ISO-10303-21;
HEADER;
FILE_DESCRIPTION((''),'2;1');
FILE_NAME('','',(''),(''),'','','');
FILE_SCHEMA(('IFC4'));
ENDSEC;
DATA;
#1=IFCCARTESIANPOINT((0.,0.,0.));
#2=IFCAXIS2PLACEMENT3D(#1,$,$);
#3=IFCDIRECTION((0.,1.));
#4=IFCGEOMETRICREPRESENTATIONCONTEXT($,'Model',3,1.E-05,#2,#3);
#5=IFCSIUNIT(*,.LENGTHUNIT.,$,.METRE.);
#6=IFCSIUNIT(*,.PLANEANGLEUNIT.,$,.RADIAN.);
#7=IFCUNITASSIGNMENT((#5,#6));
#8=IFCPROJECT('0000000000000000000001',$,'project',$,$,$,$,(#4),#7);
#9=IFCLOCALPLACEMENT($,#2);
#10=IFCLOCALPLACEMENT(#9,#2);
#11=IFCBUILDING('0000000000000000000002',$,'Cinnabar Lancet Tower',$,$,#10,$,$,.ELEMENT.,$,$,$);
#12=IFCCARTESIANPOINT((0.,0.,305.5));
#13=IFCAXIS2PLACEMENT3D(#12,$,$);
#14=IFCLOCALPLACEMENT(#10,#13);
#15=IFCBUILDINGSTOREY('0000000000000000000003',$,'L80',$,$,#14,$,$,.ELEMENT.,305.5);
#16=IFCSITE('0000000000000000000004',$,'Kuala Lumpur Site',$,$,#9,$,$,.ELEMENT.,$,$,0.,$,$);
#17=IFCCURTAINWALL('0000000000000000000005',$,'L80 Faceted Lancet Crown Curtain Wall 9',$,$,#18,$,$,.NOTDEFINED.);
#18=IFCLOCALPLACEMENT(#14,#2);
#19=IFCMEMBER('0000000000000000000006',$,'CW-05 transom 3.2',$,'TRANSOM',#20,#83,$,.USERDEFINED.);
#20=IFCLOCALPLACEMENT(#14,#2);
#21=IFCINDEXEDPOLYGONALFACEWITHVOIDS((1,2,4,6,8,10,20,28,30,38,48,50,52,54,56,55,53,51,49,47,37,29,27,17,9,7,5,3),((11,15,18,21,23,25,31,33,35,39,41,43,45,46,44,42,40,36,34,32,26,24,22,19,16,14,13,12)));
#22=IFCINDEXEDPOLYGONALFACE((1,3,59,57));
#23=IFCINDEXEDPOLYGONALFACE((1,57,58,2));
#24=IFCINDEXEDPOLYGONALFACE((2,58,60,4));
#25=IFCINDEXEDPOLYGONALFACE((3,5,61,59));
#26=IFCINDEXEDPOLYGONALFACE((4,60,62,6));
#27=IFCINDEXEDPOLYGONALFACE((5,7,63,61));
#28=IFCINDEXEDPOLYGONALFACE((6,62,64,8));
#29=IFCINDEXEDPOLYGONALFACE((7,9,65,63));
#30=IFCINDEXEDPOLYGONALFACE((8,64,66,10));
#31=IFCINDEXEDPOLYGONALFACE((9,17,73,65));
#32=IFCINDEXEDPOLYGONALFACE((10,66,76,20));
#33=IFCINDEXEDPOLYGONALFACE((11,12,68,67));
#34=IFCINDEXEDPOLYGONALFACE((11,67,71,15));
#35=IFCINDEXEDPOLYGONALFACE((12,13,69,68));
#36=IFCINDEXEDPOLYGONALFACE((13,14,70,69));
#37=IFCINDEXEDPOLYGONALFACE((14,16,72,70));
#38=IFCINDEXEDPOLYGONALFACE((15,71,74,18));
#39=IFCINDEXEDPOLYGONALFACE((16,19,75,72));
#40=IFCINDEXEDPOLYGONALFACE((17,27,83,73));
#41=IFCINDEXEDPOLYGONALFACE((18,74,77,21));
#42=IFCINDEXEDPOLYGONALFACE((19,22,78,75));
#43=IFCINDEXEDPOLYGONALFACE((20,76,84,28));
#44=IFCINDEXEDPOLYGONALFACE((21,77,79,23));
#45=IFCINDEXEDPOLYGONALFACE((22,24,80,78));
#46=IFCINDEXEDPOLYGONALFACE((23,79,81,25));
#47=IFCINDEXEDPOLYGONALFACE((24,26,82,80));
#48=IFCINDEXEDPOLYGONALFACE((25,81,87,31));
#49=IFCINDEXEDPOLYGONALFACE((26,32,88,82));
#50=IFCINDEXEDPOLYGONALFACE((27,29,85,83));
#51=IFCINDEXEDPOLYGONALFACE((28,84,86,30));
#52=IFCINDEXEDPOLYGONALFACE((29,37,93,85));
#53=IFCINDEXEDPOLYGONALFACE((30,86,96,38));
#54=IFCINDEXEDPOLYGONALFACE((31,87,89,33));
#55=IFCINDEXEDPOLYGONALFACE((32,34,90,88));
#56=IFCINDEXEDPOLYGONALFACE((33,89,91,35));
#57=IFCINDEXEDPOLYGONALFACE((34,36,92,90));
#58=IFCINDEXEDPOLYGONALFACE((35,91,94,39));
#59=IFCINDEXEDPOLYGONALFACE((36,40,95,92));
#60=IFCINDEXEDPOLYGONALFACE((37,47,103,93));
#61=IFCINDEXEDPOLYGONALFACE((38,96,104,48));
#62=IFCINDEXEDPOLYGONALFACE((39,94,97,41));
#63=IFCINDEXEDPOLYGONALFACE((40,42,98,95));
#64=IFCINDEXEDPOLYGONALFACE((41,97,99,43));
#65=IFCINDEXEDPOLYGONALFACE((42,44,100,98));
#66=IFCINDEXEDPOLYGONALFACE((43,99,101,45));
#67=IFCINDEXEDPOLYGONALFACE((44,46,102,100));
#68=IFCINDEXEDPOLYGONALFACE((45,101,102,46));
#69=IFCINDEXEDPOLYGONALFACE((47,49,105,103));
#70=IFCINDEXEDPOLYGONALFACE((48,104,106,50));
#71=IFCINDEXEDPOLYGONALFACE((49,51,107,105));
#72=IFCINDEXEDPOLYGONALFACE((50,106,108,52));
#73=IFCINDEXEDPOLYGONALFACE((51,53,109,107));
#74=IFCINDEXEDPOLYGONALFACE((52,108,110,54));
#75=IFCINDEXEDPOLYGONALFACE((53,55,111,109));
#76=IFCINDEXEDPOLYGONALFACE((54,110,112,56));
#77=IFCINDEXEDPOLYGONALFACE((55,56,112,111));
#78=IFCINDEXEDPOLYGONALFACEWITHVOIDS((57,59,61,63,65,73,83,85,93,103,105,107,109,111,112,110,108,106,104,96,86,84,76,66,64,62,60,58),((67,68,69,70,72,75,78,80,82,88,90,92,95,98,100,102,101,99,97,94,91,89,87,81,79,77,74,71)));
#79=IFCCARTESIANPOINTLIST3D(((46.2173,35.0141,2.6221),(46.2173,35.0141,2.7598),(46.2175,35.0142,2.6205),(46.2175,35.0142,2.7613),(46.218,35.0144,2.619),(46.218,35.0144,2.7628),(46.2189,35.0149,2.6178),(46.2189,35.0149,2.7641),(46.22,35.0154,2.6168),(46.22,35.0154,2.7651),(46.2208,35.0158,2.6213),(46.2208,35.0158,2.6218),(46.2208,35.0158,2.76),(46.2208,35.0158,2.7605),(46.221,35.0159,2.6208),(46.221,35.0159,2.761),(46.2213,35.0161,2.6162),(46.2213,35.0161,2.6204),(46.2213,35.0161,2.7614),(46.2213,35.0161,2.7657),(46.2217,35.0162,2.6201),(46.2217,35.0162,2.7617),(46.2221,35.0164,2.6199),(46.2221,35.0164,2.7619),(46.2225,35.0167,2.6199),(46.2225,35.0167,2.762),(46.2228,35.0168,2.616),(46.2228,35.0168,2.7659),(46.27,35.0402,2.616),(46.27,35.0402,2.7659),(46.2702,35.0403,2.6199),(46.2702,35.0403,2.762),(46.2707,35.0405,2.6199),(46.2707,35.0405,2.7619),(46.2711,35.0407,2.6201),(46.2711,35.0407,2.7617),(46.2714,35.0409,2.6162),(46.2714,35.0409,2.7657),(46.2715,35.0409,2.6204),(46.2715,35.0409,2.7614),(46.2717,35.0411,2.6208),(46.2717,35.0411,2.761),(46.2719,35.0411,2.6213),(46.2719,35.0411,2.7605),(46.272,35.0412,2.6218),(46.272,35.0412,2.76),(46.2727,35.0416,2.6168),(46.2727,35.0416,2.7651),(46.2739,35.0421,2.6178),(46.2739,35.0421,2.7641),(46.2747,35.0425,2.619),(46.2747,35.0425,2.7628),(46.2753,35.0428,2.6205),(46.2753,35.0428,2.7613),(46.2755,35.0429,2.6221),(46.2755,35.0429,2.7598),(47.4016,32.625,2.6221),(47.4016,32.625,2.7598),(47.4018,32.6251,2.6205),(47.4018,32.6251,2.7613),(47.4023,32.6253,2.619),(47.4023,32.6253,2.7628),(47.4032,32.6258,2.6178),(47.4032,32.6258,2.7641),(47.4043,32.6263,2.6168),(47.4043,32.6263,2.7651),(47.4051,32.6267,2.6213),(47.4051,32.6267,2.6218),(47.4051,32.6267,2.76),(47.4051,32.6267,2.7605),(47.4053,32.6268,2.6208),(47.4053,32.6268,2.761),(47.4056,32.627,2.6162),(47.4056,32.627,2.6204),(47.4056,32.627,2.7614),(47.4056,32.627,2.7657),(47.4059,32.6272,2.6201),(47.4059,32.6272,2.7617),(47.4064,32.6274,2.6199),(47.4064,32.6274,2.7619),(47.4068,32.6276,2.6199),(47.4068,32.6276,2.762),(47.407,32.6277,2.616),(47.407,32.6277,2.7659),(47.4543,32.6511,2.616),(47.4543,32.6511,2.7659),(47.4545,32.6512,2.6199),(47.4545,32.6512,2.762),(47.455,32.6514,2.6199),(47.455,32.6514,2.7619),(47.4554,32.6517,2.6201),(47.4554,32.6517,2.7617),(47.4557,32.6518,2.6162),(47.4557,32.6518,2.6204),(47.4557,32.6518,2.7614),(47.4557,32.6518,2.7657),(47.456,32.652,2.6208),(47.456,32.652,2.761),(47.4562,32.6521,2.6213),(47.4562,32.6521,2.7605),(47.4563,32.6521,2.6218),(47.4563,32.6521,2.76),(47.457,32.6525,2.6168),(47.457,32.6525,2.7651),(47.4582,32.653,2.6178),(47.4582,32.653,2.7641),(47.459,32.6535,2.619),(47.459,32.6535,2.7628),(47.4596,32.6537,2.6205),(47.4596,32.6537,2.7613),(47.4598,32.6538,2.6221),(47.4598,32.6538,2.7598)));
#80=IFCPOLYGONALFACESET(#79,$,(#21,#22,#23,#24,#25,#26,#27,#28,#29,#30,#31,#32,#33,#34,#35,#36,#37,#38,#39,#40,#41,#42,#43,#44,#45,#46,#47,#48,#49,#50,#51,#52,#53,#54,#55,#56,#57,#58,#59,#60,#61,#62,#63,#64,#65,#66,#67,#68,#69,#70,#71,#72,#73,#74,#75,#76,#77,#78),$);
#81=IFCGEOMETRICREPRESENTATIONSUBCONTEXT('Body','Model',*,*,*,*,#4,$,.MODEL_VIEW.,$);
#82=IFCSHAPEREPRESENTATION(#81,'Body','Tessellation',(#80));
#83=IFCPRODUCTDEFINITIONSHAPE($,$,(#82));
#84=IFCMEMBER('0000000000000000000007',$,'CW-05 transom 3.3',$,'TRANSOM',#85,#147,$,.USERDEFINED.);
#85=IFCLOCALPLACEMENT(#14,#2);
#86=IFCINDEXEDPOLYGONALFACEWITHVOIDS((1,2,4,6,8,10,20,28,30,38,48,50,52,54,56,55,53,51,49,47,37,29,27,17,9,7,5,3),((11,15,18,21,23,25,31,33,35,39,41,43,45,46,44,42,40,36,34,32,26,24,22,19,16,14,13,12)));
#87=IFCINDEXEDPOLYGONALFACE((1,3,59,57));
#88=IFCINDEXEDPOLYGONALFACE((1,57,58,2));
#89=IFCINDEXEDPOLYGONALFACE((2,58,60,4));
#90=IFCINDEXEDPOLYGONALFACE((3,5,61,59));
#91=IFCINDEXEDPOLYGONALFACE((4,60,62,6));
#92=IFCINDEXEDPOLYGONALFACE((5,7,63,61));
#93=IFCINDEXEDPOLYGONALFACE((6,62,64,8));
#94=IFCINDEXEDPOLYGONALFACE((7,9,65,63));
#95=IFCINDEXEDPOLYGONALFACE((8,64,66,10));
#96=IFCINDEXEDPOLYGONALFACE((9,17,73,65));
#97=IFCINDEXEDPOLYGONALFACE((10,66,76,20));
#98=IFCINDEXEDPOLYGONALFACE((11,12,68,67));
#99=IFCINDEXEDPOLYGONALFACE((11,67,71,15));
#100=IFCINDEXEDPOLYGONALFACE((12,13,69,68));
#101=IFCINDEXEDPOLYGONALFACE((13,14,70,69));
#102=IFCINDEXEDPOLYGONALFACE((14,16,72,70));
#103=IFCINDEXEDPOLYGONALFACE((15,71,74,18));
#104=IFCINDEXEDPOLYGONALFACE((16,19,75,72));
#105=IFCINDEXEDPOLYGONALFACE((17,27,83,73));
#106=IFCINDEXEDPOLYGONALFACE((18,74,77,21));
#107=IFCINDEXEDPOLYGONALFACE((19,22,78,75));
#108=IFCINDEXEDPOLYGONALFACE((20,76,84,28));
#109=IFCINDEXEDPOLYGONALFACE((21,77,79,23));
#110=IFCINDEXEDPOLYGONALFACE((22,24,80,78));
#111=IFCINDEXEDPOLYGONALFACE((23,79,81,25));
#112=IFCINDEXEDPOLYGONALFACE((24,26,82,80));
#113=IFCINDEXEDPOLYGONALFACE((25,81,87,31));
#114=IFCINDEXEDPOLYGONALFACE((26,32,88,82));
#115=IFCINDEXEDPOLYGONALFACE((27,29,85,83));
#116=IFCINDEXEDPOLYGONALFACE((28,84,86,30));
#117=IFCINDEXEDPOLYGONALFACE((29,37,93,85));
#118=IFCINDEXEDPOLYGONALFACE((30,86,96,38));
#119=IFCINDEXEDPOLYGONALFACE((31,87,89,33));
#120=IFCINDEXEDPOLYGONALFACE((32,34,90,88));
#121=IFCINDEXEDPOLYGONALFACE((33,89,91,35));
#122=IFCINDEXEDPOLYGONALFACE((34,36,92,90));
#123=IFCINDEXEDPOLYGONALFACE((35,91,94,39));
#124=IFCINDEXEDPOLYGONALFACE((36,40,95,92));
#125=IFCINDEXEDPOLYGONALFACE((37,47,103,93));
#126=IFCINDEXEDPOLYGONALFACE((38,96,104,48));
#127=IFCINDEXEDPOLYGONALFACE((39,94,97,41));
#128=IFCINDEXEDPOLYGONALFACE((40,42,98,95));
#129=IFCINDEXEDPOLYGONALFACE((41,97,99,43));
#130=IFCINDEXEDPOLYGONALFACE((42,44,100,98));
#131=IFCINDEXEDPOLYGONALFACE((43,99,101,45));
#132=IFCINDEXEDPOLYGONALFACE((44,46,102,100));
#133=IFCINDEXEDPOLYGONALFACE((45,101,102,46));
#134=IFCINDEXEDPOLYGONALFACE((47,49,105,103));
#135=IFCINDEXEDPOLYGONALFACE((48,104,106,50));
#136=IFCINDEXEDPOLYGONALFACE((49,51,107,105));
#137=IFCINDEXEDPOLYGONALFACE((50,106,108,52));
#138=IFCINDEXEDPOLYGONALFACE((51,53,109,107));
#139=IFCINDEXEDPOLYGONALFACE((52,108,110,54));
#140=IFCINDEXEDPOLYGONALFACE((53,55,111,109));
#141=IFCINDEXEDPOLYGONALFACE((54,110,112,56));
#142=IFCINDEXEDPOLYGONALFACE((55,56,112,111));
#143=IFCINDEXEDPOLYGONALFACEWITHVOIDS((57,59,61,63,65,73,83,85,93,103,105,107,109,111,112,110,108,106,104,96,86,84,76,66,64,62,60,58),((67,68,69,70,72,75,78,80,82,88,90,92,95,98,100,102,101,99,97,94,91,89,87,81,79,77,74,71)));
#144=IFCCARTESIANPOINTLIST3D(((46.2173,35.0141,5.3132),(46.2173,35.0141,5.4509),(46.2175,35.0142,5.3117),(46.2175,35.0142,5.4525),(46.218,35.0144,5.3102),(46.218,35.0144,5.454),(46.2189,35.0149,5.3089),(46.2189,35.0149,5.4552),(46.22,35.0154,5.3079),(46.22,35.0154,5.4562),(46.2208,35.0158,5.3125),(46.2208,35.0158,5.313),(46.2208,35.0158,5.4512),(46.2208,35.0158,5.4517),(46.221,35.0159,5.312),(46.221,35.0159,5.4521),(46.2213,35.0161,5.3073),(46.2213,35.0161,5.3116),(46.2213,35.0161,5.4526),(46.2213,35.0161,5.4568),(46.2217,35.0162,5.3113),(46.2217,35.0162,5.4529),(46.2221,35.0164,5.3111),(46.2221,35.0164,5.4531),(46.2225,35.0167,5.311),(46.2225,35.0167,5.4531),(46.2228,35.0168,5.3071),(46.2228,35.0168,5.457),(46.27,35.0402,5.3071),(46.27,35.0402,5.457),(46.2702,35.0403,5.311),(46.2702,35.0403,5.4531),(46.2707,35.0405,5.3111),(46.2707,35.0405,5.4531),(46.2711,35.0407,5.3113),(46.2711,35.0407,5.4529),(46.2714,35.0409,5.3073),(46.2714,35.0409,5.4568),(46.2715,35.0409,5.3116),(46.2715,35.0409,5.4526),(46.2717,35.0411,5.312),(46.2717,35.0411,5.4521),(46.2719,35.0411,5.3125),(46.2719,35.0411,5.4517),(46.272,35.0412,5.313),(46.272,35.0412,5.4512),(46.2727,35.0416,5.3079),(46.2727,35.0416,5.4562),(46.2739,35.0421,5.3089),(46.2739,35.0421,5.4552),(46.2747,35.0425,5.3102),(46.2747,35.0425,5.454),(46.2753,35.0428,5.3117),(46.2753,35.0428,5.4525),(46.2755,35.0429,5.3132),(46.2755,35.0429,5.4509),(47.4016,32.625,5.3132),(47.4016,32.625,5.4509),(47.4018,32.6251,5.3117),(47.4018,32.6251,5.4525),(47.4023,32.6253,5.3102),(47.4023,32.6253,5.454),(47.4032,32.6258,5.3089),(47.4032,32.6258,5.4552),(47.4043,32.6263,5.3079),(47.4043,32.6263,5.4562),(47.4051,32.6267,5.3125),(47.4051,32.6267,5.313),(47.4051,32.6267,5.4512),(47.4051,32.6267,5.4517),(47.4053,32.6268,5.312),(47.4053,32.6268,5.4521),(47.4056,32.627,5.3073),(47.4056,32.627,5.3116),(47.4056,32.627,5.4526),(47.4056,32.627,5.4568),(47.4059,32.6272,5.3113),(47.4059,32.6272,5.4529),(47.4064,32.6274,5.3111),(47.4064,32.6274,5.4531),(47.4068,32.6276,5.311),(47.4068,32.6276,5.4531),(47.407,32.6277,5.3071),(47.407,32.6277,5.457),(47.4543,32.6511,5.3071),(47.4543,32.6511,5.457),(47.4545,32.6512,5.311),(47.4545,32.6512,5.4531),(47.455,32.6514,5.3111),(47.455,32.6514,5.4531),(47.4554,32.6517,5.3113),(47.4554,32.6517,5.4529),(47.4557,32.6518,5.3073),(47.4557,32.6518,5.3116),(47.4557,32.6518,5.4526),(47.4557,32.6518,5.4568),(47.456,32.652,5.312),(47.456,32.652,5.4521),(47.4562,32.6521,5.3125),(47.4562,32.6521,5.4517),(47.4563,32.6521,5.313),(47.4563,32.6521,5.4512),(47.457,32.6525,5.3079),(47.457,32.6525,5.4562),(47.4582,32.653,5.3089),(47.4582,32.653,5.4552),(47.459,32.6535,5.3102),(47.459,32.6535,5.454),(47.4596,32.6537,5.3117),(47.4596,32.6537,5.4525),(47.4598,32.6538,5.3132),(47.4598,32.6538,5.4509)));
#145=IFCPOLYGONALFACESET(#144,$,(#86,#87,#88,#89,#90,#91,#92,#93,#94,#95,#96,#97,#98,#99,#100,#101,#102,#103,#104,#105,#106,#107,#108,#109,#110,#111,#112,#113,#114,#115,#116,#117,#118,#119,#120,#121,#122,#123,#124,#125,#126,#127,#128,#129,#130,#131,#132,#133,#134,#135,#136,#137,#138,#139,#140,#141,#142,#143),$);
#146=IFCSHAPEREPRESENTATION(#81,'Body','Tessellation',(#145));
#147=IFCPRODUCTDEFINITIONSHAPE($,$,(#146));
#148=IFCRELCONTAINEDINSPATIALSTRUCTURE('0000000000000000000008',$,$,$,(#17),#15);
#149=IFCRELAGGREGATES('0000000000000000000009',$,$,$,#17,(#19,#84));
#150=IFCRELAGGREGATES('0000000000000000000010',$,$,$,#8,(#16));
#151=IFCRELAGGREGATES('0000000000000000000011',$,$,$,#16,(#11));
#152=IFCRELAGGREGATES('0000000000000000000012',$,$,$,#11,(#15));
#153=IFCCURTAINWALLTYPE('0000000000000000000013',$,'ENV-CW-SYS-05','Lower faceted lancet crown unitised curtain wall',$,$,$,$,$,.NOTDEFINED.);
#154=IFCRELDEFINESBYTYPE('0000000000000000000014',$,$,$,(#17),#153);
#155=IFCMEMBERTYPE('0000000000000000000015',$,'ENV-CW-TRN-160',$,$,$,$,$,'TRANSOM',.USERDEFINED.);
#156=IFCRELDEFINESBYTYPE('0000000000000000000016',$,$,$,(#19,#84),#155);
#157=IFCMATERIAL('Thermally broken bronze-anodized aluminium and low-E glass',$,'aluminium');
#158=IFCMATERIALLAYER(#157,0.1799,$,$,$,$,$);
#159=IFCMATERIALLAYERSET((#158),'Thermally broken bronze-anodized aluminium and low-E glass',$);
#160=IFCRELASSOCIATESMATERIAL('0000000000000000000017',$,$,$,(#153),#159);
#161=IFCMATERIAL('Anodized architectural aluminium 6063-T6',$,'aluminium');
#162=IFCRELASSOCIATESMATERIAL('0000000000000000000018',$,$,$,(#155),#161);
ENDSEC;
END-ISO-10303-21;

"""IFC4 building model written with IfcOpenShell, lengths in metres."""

from ifc_helpers import new_model, si_unit, direction, frame, origin, origin_2d, place, context, subcontext, project, spatial, hollow_rectangle, extrude, material, layer, layer_set, material_profile, profile_set, type_object, element, aggregate, save


model = new_model("IFC4")

# Units and contexts
model_context = context("Model", 3, precision=1e-05, world=origin(), true_north=direction((0.0, 1.0)))
body_context = subcontext(model_context, "Body", "Model", "MODEL_VIEW")
ifc_project = project(units=[si_unit("LENGTHUNIT", "METRE"), si_unit("PLANEANGLEUNIT", "RADIAN")], contexts=[model_context])

# Site, building, storey
site_placement = place(None, origin())
site = spatial("IfcSite", under=ifc_project, at=site_placement, Name="Kuala Lumpur Site", CompositionType="ELEMENT", RefElevation=0.0)
building_placement = place(site_placement, origin())
building = spatial("IfcBuilding", under=site, at=building_placement, Name="Cinnabar Lancet Tower", CompositionType="ELEMENT")
storey_placement = place(building_placement, frame((0.0, 0.0, 305.5)))
storey = spatial("IfcBuildingStorey", under=building, at=storey_placement, Name="L80", CompositionType="ELEMENT", Elevation=305.5)

# Curtain wall
ifc_material_1 = material(Name="Thermally broken bronze-anodized aluminium and low-E glass", Category="aluminium")
ifc_layer_1 = layer(ifc_material_1, 0.1799)
ifc_layer_set_1 = layer_set([ifc_layer_1], Name="Thermally broken bronze-anodized aluminium and low-E glass")
curtain_wall_type = type_object("IfcCurtainWallType", Name="ENV-CW-SYS-05", Description="Lower faceted lancet crown unitised curtain wall", PredefinedType="NOTDEFINED", material=ifc_layer_set_1)
curtain_wall_1_placement = place(storey_placement, origin())
curtain_wall_1 = element("IfcCurtainWall", 1, at=curtain_wall_1_placement, inside=storey, type_object=curtain_wall_type, Name="L80 Faceted Lancet Crown Curtain Wall 9", PredefinedType="NOTDEFINED")

# Members
ifc_material_2 = material(Name="Anodized architectural aluminium 6063-T6", Category="aluminium")
ifc_material_profile_1 = material_profile(ifc_material_2, hollow_rectangle(XDim=0.0649, YDim=0.1499, WallThickness=0.0039, InnerFilletRadius=0.002, OuterFilletRadius=0.0061, at=origin_2d()), Name="CW-TRN 150x65x4")
ifc_profile_set_1 = profile_set([ifc_material_profile_1], Name="Anodized architectural aluminium 6063-T6")
member_type_1 = type_object("IfcMemberType", Name="ENV-CW-TRN-160", ElementType="TRANSOM", PredefinedType="USERDEFINED", material=ifc_profile_set_1)
member_1_placement = place(storey_placement, frame((47.4307, 32.6394, 2.6909), z_axis=(-0.444135, 0.89596, 0.0), x_axis=(-0.89596, -0.444135, 0.0)))
member_1 = element("IfcMember", 2, at=member_1_placement, type_object=member_type_1, Name="CW-05 transom 3.2", ObjectType="TRANSOM", PredefinedType="USERDEFINED", context=body_context, shape_type="SweptSolid", body=[
    extrude(hollow_rectangle(XDim=0.0649, YDim=0.1499, WallThickness=0.0039, InnerFilletRadius=0.002, OuterFilletRadius=0.0061, at=origin_2d()), origin(), (0.0, 0.0, 1.0), 2.6665),
])
member_2_placement = place(storey_placement, frame((47.4307, 32.6394, 5.3821), z_axis=(-0.444135, 0.89596, 0.0), x_axis=(-0.89596, -0.444135, 0.0)))
member_2 = element("IfcMember", 3, at=member_2_placement, type_object=member_type_1, Name="CW-05 transom 3.3", ObjectType="TRANSOM", PredefinedType="USERDEFINED", context=body_context, shape_type="SweptSolid", body=[
    extrude(hollow_rectangle(XDim=0.0649, YDim=0.1499, WallThickness=0.0039, InnerFilletRadius=0.002, OuterFilletRadius=0.0061, at=origin_2d()), origin(), (0.0, 0.0, 1.0), 2.6665),
])

aggregate(curtain_wall_1, [member_1, member_2])

save(model, "model.ifc")
